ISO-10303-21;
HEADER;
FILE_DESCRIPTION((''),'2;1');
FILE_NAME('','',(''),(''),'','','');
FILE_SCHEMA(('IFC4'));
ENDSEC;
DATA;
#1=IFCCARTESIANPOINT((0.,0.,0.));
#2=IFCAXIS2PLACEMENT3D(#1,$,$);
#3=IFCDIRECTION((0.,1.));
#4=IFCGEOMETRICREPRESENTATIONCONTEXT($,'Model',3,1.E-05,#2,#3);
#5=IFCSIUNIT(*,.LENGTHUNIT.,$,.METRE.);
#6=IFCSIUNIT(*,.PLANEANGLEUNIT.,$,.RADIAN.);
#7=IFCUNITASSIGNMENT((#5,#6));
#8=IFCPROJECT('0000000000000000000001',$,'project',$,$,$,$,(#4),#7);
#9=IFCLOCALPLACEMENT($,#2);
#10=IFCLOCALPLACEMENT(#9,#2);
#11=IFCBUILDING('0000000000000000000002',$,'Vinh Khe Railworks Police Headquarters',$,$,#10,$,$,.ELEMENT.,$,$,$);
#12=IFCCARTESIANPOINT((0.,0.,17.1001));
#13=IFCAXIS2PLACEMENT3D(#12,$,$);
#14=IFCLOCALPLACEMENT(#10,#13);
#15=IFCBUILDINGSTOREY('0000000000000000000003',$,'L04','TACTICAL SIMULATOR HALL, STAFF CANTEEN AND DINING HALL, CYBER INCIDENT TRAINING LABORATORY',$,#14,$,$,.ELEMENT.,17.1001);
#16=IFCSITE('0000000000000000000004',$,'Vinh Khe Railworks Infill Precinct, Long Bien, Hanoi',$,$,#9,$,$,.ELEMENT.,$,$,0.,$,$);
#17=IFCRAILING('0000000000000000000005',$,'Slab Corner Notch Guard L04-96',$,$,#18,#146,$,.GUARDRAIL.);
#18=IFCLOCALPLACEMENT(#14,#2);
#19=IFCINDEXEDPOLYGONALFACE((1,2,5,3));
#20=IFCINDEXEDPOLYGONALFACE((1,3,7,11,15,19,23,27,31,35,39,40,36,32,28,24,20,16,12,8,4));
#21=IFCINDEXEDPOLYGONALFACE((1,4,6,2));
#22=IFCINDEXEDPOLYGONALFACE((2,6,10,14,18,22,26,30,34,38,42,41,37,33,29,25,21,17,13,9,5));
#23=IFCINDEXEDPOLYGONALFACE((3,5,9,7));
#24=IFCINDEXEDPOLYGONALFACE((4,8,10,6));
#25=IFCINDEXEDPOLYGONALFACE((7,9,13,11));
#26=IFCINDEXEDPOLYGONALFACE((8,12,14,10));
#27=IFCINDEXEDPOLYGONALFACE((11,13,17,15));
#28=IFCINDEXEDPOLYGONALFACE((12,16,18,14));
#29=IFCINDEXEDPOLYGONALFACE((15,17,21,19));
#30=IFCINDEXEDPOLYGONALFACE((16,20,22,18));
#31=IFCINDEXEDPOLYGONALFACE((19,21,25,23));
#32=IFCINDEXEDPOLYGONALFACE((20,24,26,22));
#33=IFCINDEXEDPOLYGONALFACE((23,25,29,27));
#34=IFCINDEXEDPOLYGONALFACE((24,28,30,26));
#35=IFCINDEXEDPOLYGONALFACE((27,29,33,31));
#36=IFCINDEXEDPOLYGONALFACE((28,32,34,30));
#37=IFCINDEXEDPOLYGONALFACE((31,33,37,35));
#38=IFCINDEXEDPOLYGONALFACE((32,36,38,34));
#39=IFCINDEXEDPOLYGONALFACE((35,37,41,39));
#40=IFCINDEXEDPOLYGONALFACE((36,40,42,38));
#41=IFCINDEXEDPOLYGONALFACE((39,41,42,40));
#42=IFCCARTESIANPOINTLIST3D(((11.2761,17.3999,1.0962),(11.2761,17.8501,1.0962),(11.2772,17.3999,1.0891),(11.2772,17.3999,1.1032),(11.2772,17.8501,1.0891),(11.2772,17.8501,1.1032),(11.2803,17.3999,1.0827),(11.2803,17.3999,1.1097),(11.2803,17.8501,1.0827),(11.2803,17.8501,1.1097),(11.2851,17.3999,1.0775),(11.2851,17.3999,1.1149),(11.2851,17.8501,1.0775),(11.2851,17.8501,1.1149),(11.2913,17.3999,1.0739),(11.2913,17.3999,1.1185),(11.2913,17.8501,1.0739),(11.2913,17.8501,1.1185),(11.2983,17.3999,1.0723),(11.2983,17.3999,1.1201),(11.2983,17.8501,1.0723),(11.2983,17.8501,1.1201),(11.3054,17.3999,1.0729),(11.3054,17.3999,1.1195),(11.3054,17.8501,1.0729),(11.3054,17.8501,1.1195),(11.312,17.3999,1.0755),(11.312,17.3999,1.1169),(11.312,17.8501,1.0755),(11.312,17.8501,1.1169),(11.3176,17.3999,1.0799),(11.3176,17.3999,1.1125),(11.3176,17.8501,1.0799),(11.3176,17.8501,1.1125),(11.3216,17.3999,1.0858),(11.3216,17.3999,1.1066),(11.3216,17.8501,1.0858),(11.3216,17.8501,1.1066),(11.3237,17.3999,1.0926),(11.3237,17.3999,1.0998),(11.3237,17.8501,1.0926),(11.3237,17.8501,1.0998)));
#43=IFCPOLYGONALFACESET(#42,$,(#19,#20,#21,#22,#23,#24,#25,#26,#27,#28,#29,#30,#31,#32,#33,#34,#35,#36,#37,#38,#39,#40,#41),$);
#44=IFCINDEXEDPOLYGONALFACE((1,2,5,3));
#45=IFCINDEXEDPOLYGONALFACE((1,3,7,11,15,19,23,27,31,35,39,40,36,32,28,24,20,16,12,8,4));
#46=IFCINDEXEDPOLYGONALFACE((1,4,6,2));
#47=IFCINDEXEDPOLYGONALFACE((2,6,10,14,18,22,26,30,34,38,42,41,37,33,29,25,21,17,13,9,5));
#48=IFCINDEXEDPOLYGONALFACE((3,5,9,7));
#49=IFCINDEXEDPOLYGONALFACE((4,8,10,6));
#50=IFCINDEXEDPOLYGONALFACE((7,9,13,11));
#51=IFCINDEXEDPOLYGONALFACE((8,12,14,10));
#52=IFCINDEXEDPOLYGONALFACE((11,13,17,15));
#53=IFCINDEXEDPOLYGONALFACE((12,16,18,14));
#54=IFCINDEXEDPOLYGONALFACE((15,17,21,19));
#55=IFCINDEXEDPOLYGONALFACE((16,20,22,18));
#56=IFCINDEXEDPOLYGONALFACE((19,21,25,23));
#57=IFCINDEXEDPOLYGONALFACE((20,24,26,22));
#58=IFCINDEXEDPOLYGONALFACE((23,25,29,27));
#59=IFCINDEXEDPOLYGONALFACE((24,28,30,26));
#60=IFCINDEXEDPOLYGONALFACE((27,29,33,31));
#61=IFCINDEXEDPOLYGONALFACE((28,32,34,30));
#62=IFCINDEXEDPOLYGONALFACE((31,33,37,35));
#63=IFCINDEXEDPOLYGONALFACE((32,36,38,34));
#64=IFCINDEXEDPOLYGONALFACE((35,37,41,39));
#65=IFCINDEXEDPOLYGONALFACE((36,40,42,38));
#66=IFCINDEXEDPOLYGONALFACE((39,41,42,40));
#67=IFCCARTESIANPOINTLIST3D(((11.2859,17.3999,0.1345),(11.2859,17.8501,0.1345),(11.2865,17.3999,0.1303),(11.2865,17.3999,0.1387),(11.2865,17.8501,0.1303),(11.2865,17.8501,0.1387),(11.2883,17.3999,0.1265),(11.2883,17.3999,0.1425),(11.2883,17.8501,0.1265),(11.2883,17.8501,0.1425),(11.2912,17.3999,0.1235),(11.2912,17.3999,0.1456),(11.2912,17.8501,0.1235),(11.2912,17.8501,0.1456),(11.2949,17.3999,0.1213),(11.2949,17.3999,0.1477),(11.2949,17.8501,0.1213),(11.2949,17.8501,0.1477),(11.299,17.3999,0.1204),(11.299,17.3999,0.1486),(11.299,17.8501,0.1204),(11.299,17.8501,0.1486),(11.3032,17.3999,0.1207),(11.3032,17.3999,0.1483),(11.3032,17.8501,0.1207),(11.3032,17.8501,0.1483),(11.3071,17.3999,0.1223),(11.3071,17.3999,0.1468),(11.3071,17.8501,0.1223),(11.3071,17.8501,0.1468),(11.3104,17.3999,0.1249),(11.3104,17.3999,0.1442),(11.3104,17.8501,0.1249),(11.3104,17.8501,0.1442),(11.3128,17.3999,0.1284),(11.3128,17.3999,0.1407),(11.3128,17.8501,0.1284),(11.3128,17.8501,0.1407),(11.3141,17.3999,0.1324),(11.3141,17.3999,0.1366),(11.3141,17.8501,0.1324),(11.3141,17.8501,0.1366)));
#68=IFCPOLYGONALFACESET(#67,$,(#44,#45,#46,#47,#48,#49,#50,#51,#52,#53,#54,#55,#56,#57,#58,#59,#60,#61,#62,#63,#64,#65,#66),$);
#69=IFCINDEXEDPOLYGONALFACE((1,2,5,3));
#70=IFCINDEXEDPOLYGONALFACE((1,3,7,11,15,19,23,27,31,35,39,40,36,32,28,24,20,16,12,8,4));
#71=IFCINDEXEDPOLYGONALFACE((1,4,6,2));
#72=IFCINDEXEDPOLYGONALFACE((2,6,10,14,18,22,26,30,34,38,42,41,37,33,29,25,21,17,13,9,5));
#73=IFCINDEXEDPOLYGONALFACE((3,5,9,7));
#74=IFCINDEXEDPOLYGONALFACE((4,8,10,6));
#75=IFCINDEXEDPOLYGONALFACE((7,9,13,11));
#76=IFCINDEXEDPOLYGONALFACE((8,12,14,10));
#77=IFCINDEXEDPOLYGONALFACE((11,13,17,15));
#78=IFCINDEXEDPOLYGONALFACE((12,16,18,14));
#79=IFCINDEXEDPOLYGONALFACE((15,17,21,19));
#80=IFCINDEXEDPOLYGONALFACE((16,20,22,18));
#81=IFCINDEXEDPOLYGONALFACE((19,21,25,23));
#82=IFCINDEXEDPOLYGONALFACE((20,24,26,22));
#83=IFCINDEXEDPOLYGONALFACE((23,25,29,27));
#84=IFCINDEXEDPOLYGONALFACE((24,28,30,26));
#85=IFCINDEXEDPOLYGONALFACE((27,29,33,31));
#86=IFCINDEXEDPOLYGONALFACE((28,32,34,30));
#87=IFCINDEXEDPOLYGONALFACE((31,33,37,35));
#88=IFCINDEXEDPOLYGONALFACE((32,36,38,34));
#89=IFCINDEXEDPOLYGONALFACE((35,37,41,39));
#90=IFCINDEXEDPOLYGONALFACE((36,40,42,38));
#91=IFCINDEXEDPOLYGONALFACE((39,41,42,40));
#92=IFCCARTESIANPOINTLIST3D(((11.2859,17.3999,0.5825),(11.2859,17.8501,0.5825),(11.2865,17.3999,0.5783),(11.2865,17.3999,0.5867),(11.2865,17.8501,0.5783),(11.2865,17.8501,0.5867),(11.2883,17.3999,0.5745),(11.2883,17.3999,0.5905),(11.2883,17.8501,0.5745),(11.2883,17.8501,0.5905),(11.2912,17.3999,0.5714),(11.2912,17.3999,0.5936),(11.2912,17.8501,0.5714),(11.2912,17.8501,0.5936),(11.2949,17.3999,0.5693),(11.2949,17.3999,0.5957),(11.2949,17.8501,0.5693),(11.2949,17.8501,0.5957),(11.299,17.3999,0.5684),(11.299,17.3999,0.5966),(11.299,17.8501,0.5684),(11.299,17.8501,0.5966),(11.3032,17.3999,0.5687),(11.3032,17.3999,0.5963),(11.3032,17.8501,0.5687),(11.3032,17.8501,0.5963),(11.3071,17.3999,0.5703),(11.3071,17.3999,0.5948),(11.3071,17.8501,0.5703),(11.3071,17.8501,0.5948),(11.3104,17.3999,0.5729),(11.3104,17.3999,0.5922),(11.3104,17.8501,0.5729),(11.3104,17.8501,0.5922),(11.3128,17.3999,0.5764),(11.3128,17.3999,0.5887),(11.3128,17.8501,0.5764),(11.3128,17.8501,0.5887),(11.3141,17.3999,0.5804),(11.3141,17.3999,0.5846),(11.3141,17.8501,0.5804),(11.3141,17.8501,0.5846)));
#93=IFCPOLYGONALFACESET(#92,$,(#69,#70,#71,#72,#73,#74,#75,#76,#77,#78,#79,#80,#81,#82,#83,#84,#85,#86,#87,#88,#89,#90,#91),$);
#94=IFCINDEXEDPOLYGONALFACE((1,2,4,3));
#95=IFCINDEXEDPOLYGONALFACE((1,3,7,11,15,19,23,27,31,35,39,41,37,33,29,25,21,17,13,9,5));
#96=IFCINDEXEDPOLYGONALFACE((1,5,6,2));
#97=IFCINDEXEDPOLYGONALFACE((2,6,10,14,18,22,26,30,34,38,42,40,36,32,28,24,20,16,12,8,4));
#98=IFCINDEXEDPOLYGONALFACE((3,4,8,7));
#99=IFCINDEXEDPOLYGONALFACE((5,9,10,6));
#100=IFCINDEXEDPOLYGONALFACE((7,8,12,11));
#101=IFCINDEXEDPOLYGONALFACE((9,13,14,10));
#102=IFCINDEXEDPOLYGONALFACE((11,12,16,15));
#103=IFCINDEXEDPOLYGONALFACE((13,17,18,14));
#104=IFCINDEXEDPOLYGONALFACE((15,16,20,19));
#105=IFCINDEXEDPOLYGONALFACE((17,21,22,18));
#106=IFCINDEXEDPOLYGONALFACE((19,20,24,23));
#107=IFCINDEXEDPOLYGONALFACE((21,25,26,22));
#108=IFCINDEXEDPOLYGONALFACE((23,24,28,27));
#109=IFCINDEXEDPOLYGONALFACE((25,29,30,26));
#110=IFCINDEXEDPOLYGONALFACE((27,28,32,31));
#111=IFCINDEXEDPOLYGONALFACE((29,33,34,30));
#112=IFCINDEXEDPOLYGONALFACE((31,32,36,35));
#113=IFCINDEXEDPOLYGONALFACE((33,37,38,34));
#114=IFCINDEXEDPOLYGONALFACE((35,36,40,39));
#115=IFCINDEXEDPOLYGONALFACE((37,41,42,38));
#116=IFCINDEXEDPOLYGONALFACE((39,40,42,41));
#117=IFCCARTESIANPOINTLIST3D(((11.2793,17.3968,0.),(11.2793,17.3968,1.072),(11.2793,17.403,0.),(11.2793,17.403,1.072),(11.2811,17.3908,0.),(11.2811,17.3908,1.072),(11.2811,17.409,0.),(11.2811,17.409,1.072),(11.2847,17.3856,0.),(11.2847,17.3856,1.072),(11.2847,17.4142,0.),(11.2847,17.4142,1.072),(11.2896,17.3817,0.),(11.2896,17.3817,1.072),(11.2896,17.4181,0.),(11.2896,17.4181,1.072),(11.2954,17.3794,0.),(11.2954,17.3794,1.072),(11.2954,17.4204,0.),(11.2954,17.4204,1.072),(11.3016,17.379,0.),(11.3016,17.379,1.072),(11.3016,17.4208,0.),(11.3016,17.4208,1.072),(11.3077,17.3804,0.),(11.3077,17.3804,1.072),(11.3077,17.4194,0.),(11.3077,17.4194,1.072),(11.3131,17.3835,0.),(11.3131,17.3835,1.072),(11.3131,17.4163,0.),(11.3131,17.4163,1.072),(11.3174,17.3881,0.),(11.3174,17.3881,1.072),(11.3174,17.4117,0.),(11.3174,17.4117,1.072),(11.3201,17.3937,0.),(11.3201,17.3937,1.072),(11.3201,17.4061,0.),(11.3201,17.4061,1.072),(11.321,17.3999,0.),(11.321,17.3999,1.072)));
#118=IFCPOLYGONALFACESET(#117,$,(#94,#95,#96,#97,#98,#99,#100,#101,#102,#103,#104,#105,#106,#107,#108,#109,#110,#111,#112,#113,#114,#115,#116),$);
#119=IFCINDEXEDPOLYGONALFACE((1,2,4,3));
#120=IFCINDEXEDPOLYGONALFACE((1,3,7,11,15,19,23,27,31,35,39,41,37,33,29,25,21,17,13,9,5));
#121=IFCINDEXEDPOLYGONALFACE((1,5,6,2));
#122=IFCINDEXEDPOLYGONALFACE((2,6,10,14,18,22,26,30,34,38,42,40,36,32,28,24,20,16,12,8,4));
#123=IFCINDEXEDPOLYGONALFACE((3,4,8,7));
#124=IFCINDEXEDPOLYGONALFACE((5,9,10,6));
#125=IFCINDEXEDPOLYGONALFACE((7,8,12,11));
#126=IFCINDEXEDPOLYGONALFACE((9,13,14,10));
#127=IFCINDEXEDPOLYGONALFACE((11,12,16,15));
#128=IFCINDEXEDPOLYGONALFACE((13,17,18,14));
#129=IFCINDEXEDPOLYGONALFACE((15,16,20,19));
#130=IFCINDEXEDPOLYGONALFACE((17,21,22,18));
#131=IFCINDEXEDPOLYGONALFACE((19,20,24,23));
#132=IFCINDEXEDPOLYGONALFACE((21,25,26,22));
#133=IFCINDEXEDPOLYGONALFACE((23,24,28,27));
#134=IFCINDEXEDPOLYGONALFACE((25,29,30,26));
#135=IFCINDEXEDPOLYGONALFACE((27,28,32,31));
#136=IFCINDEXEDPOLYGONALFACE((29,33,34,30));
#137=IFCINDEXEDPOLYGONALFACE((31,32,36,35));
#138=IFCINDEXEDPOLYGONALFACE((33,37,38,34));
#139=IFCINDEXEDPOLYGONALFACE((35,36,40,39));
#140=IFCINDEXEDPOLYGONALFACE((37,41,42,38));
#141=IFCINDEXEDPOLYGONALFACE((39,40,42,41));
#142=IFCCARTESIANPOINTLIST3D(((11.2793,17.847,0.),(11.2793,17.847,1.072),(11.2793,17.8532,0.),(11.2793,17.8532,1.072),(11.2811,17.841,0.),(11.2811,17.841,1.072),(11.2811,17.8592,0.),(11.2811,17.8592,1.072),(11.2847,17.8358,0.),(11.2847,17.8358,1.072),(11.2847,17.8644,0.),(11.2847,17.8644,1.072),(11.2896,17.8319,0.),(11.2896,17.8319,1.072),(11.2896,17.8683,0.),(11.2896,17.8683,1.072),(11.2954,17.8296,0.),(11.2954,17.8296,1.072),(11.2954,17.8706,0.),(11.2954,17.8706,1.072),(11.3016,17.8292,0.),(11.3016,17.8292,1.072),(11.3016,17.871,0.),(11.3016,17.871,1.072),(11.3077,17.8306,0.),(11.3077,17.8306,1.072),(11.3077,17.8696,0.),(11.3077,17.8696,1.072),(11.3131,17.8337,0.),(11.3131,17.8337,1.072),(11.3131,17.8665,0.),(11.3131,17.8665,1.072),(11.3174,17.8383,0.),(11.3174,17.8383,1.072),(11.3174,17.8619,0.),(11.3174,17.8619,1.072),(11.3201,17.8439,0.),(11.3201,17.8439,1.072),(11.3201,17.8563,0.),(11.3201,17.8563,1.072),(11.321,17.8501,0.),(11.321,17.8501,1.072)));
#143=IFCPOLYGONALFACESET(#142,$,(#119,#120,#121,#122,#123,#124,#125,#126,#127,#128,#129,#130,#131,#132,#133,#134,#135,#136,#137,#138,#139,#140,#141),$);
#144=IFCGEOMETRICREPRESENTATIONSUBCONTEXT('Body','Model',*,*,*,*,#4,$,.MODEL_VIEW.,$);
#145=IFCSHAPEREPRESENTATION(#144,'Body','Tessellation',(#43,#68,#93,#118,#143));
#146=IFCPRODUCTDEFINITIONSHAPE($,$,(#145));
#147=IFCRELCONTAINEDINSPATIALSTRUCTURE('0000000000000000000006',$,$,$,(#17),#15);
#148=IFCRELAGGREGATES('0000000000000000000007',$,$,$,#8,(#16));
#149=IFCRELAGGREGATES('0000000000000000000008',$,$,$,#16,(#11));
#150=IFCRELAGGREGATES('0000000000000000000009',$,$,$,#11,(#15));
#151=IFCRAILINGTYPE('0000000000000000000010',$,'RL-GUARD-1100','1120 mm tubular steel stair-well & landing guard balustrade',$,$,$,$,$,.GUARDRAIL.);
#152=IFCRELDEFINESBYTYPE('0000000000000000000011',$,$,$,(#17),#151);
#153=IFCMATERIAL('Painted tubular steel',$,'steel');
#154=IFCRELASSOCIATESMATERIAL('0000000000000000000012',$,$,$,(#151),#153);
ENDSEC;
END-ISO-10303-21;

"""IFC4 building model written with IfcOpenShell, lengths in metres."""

from ifc_helpers import new_model, si_unit, direction, frame, origin, origin_2d, place, context, subcontext, project, spatial, circle, extrude, material, type_object, element, save


model = new_model("IFC4")

# Units and contexts
model_context = context("Model", 3, precision=1e-05, world=origin(), true_north=direction((0.0, 1.0)))
body_context = subcontext(model_context, "Body", "Model", "MODEL_VIEW")
ifc_project = project(units=[si_unit("LENGTHUNIT", "METRE"), si_unit("PLANEANGLEUNIT", "RADIAN")], contexts=[model_context])

# Site, building, storey
site_placement = place(None, origin())
site = spatial("IfcSite", under=ifc_project, at=site_placement, Name="Vinh Khe Railworks Infill Precinct, Long Bien, Hanoi", CompositionType="ELEMENT", RefElevation=0.0)
building_placement = place(site_placement, origin())
building = spatial("IfcBuilding", under=site, at=building_placement, Name="Vinh Khe Railworks Police Headquarters", CompositionType="ELEMENT")
storey_placement = place(building_placement, frame((0.0, 0.0, 17.1001)))
storey = spatial("IfcBuildingStorey", under=building, at=storey_placement, Name="L04", Description="TACTICAL SIMULATOR HALL, STAFF CANTEEN AND DINING HALL, CYBER INCIDENT TRAINING LABORATORY", CompositionType="ELEMENT", Elevation=17.1001)

# Railing
ifc_material_1 = material(Name="Painted tubular steel", Category="steel")
railing_type = type_object("IfcRailingType", Name="RL-GUARD-1100", Description="1120 mm tubular steel stair-well & landing guard balustrade", PredefinedType="GUARDRAIL", material=ifc_material_1)
railing_1_placement = place(storey_placement, frame((11.3, 17.3999, 0.0)))
element("IfcRailing", 1, at=railing_1_placement, inside=storey, type_object=railing_type, Name="Slab Corner Notch Guard L04-96", PredefinedType="GUARDRAIL", context=body_context, shape_type="SweptSolid", body=[
    extrude(circle(Radius=0.0239, at=origin_2d()), frame((0.0, 0.0, 1.0962), z_axis=(0.0, 1.0, 0.0), x_axis=(-1.0, 0.0, 0.0)), (0.0, 0.0, 1.0), 0.4502),
    extrude(circle(Radius=0.0142, at=origin_2d()), frame((0.0, 0.0, 0.1345), z_axis=(0.0, 1.0, 0.0), x_axis=(-1.0, 0.0, 0.0)), (0.0, 0.0, 1.0), 0.4502),
    extrude(circle(Radius=0.0142, at=origin_2d()), frame((0.0, 0.0, 0.5825), z_axis=(0.0, 1.0, 0.0), x_axis=(-1.0, 0.0, 0.0)), (0.0, 0.0, 1.0), 0.4502),
    extrude(circle(Radius=0.021, at=origin_2d()), origin(), (0.0, 0.0, 1.0), 1.072),
    extrude(circle(Radius=0.021, at=origin_2d()), frame((0.0, 0.4502, 0.0)), (0.0, 0.0, 1.0), 1.072),
])

save(model, "model.ifc")
